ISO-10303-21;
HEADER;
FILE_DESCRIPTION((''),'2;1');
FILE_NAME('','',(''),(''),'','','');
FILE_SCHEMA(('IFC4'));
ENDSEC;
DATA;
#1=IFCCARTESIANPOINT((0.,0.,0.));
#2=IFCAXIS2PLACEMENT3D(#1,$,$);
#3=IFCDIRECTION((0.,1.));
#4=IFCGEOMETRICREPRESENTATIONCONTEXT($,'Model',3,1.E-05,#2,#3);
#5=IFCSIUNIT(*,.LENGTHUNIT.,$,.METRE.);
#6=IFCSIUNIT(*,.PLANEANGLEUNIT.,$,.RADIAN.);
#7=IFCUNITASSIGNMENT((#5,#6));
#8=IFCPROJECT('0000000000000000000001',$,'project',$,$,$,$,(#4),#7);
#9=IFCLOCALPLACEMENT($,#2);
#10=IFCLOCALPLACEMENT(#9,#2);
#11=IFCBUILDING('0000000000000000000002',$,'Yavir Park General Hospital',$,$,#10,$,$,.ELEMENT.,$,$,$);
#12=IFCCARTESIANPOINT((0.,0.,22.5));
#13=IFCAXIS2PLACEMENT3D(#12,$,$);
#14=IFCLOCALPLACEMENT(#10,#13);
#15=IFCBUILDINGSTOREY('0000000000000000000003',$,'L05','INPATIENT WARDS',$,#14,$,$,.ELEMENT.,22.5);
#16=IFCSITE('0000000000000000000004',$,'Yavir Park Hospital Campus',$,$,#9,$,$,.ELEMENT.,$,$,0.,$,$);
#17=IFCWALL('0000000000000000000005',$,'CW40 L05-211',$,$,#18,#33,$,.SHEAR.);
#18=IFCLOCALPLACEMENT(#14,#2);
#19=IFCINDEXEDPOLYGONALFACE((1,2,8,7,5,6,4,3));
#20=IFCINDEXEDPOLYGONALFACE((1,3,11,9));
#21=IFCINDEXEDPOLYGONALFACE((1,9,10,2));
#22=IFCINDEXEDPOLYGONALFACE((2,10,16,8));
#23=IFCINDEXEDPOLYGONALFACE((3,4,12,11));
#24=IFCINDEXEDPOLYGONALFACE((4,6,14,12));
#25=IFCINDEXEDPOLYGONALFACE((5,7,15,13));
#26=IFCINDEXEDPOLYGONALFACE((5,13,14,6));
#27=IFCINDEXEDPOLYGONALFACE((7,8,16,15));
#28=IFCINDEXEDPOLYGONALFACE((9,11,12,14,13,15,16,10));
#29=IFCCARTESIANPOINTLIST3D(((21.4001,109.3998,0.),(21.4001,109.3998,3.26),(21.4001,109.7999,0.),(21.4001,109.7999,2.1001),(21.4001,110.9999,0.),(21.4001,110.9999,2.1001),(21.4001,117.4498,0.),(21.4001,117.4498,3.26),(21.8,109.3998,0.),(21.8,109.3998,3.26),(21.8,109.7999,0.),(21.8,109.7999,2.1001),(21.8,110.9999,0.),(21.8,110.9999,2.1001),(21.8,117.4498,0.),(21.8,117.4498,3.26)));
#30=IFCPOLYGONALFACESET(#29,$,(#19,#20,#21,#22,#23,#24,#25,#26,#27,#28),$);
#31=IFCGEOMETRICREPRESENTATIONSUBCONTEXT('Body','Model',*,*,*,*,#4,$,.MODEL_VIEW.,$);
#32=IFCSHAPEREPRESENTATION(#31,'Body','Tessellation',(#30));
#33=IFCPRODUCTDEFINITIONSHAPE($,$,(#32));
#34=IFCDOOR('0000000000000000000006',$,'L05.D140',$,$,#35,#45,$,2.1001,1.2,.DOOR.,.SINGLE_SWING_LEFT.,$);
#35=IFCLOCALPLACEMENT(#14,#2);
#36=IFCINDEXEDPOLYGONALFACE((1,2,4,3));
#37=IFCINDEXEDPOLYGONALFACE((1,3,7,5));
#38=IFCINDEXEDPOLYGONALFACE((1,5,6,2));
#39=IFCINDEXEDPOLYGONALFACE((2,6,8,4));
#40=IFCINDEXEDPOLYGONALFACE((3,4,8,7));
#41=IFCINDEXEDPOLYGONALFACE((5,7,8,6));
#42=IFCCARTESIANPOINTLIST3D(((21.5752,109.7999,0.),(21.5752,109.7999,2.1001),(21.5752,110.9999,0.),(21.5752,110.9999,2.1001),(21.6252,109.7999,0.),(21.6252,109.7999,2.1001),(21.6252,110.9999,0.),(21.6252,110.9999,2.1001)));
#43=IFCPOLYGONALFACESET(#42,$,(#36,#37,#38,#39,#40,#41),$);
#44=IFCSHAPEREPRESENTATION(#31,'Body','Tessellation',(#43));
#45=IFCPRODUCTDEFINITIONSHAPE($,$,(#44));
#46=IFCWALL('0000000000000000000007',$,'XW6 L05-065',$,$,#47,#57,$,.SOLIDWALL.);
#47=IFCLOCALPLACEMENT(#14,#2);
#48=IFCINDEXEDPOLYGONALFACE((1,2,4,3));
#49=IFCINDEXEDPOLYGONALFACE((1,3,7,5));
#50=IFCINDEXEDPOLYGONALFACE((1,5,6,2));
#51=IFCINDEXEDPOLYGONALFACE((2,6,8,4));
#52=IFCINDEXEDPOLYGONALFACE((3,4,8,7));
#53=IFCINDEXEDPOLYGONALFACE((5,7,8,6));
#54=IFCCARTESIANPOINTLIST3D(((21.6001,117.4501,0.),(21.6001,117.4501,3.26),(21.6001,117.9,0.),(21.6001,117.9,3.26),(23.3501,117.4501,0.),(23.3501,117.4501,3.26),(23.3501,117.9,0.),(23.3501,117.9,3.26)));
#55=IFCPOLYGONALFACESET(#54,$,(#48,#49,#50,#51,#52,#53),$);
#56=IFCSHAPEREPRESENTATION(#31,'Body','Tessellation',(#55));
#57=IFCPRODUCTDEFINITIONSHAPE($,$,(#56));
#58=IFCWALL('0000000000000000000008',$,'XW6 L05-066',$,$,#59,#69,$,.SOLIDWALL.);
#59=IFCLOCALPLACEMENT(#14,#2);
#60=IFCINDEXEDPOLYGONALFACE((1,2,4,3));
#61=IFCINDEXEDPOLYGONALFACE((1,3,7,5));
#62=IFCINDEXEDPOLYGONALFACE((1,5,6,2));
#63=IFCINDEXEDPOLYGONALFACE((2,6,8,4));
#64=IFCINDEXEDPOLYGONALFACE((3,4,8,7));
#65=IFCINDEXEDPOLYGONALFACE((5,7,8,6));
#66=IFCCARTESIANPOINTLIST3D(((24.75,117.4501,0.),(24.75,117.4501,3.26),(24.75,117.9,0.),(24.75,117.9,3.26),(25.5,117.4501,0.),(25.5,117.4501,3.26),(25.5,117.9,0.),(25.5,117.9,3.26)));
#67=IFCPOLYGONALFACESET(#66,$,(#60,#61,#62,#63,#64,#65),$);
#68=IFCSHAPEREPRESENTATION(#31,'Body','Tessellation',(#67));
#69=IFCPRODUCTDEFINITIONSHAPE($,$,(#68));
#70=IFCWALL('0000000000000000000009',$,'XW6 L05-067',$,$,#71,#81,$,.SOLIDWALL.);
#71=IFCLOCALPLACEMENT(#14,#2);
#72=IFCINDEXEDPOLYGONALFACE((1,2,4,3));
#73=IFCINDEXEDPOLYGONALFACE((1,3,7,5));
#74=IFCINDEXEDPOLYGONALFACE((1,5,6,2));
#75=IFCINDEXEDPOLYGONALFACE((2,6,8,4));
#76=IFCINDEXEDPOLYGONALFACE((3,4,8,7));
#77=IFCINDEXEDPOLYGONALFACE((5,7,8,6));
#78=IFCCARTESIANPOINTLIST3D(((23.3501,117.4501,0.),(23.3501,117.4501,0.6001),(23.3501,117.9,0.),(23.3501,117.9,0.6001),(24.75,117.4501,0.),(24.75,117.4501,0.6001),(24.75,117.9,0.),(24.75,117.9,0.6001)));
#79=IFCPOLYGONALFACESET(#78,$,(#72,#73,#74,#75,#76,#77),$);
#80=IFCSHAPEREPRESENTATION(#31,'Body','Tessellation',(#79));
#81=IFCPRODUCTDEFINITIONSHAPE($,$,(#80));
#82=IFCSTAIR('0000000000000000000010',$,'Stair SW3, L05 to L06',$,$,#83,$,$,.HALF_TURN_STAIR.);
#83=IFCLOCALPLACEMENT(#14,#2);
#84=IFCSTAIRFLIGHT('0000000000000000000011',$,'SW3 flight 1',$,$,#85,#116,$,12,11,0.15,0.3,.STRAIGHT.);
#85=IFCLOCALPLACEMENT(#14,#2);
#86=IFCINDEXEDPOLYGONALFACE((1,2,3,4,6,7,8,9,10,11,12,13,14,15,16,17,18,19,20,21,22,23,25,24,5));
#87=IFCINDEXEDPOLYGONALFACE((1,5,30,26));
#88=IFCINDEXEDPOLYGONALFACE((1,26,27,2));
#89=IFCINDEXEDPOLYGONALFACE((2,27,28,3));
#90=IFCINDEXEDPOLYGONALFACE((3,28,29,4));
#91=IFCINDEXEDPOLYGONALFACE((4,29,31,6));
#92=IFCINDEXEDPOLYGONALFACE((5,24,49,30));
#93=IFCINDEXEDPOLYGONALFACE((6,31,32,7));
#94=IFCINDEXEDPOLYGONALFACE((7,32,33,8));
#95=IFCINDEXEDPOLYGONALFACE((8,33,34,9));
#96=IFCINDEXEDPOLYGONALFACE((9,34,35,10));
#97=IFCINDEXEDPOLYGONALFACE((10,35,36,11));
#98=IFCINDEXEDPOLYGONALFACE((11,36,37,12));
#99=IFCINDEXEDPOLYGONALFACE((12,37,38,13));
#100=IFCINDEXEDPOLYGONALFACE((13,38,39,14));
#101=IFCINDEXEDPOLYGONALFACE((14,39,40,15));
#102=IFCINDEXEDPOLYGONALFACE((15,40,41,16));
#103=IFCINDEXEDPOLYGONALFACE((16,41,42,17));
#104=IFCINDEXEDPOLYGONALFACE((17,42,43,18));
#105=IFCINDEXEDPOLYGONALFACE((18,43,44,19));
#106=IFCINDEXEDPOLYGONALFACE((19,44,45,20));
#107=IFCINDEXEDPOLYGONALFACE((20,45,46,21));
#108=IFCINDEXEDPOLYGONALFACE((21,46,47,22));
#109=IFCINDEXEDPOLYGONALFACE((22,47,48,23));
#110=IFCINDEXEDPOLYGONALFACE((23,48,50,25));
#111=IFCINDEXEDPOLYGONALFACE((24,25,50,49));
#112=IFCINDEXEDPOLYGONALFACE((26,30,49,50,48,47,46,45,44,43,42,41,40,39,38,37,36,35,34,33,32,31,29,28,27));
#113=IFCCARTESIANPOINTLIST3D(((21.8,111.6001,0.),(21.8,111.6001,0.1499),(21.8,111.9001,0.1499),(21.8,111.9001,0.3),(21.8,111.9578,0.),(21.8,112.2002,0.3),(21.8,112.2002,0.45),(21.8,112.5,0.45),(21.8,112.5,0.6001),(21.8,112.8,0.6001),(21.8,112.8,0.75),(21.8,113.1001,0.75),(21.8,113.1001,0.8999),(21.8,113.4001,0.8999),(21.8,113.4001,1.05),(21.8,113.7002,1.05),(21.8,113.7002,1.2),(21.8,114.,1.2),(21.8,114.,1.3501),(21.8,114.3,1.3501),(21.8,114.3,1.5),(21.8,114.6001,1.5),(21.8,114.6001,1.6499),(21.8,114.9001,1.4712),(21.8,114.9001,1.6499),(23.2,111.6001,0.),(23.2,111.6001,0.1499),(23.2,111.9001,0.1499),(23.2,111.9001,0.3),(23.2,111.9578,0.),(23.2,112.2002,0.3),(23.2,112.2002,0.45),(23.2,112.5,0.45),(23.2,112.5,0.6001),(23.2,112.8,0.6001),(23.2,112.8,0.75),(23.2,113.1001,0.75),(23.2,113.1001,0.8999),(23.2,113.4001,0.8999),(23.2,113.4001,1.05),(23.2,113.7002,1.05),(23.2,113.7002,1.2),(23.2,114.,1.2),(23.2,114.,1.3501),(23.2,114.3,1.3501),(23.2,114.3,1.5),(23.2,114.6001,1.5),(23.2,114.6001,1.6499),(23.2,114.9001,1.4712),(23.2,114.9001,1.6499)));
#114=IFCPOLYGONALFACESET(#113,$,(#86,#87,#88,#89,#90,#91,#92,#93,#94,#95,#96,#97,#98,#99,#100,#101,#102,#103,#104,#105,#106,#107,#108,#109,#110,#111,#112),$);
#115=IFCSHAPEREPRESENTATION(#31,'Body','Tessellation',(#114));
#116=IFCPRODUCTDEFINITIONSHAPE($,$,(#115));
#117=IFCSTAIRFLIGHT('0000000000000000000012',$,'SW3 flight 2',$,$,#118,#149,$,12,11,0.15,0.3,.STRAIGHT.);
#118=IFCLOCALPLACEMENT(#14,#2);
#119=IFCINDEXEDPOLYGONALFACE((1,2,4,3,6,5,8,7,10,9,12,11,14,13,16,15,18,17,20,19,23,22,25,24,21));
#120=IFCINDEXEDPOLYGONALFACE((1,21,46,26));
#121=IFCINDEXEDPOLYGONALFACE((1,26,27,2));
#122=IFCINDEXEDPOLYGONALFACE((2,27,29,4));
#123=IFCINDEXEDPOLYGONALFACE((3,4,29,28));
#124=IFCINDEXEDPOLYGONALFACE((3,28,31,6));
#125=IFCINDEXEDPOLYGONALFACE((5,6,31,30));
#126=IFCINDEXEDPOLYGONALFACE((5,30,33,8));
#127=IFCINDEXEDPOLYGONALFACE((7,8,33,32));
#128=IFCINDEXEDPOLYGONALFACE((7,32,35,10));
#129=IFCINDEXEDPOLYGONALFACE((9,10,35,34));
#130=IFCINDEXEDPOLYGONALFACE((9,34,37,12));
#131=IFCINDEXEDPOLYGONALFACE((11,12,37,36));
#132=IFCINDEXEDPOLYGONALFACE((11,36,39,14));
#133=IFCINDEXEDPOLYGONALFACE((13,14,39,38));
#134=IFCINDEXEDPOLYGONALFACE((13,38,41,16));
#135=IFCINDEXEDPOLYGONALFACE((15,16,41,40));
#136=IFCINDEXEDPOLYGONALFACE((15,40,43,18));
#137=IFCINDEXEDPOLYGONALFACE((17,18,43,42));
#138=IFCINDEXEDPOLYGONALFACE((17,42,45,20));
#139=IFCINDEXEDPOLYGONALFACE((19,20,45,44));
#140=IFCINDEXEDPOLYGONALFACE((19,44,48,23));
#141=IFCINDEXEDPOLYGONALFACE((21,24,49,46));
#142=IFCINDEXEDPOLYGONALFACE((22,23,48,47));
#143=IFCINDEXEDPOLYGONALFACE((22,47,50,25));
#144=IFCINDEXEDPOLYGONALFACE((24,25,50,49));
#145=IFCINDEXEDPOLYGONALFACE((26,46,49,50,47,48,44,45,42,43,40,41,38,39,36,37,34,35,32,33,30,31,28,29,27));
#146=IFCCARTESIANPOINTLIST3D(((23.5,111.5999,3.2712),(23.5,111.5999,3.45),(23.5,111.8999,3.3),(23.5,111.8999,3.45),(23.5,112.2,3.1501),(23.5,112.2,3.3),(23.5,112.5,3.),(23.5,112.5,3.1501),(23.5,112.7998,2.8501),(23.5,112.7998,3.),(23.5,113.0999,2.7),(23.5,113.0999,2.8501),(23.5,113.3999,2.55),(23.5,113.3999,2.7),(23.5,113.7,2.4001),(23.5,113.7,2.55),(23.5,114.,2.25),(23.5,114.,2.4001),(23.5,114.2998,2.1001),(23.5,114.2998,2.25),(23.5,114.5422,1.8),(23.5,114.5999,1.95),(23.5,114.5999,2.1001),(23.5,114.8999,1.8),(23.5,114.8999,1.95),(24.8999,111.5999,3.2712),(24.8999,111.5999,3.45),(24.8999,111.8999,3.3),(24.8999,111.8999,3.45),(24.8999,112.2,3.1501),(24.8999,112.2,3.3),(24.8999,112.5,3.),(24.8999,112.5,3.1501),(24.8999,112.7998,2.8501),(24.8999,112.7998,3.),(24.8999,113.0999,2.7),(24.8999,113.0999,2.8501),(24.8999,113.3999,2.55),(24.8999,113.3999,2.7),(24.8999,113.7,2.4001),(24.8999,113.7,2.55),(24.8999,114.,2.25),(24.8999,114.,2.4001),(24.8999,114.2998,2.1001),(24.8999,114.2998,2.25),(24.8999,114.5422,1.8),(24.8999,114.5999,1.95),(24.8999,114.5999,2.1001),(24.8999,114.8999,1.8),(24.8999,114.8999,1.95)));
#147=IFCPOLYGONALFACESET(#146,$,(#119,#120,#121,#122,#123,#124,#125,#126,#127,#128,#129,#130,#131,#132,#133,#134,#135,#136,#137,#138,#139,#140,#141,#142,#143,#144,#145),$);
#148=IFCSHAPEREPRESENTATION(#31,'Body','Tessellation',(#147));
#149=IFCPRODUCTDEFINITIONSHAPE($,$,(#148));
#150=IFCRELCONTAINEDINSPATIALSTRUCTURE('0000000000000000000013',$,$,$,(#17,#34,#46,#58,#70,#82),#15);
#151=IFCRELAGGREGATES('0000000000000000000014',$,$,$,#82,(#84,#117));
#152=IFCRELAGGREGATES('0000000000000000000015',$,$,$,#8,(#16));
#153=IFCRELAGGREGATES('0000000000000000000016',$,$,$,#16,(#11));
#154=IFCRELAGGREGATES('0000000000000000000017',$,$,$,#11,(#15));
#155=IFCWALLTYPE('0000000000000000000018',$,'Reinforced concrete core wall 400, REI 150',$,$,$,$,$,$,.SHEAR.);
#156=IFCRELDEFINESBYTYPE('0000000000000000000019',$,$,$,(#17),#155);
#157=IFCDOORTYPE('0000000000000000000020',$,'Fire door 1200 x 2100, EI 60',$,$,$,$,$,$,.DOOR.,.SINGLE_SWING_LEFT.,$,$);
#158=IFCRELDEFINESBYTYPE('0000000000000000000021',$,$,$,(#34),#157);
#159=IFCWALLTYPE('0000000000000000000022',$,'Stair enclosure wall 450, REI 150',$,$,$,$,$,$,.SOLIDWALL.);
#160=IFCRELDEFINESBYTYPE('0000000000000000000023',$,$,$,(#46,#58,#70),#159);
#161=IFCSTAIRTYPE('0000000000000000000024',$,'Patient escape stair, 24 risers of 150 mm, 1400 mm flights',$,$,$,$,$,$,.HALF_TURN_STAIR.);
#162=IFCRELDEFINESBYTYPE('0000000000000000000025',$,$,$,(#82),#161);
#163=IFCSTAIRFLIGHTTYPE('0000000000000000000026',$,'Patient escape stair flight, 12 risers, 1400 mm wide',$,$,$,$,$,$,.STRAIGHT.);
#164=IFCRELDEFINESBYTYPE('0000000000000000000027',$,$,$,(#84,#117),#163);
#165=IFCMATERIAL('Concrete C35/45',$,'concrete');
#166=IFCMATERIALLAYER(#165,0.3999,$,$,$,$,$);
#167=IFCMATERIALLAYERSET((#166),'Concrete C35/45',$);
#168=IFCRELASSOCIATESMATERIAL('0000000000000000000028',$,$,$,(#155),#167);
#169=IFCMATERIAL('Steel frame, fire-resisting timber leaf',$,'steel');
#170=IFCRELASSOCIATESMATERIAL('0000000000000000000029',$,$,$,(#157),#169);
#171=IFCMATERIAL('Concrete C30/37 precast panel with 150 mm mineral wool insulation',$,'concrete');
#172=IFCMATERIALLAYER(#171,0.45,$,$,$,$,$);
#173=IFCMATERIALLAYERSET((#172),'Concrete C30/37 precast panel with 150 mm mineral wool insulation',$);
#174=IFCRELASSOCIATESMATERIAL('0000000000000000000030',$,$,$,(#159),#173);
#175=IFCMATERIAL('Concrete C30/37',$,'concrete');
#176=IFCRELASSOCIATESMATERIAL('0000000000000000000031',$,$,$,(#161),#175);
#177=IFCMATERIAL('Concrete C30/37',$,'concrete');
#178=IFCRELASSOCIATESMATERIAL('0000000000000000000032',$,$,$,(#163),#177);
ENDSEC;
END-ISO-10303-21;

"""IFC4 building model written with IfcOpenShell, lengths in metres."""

from ifc_helpers import new_model, si_unit, direction, frame, frame_2d, origin, place, context, subcontext, project, spatial, polyline, rectangle, outline, extrude, material, layer, layer_set, type_object, element, fill, aggregate, save


model = new_model("IFC4")

# Units and contexts
model_context = context("Model", 3, precision=1e-05, world=origin(), true_north=direction((0.0, 1.0)))
body_context = subcontext(model_context, "Body", "Model", "MODEL_VIEW")
ifc_project = project(units=[si_unit("LENGTHUNIT", "METRE"), si_unit("PLANEANGLEUNIT", "RADIAN")], contexts=[model_context])

# Site, building, storey
site_placement = place(None, origin())
site = spatial("IfcSite", under=ifc_project, at=site_placement, Name="Yavir Park Hospital Campus", CompositionType="ELEMENT", RefElevation=0.0)
building_placement = place(site_placement, origin())
building = spatial("IfcBuilding", under=site, at=building_placement, Name="Yavir Park General Hospital", CompositionType="ELEMENT")
storey_placement = place(building_placement, frame((0.0, 0.0, 22.5)))
storey = spatial("IfcBuildingStorey", under=building, at=storey_placement, Name="L05", Description="INPATIENT WARDS", CompositionType="ELEMENT", Elevation=22.5)

# Shared definitions
ifc_material_1 = material(Name="Concrete C35/45", Category="concrete")
ifc_layer_1 = layer(ifc_material_1, 0.3999)
ifc_layer_set_1 = layer_set([ifc_layer_1], Name="Concrete C35/45")
wall_type_1 = type_object("IfcWallType", Name="Reinforced concrete core wall 400, REI 150", PredefinedType="SHEAR", material=ifc_layer_set_1)

# Wall, opening, door
wall_1_placement = place(storey_placement, frame((21.6001, 109.3999, 0.0), z_axis=(0.0, 0.0, 1.0), x_axis=(0.0, 1.0, 0.0)))
wall_1 = element("IfcWall", 1, at=wall_1_placement, inside=storey, type_object=wall_type_1, Name="CW40 L05-211", PredefinedType="SHEAR", context=body_context, shape_type="SweptSolid", body=[
    extrude(rectangle(XDim=8.05, YDim=0.3999, at=frame_2d((4.0249, 0.0))), origin(), (0.0, 0.0, 1.0), 3.26),
])
opening_1_placement = place(wall_1_placement, frame((0.3999, 0.0, 0.0)))
opening_1 = element("IfcOpeningElement", 2, at=opening_1_placement, cuts=wall_1, PredefinedType="OPENING", context=body_context, shape_type="SweptSolid", body=[
    extrude(rectangle(XDim=1.2, YDim=2.1001, at=frame_2d((0.6001, 1.05))), frame((0.0, 0.21, 0.0), z_axis=(0.0, -1.0, 0.0), x_axis=(1.0, 0.0, 0.0)), (0.0, 0.0, 1.0), 0.4199),
])
ifc_material_2 = material(Name="Steel frame, fire-resisting timber leaf", Category="steel")
door_type_1 = type_object("IfcDoorType", Name="Fire door 1200 x 2100, EI 60", OperationType="SINGLE_SWING_LEFT", PredefinedType="DOOR", material=ifc_material_2)
door_1_placement = place(opening_1_placement, origin())
door_1 = element("IfcDoor", 3, at=door_1_placement, inside=storey, type_object=door_type_1, Name="L05.D140", OperationType="SINGLE_SWING_LEFT", OverallHeight=2.1001, OverallWidth=1.2, PredefinedType="DOOR", context=body_context, shape_type="SweptSolid", body=[
    extrude(rectangle(XDim=1.2, YDim=2.1001, at=frame_2d((0.6001, 1.05))), frame((0.0, 0.0249, 0.0), z_axis=(0.0, -1.0, 0.0), x_axis=(1.0, 0.0, 0.0)), (0.0, 0.0, 1.0), 0.05),
])
fill(opening_1, door_1)

# Walls
ifc_material_3 = material(Name="Concrete C30/37 precast panel with 150 mm mineral wool insulation", Category="concrete")
ifc_layer_2 = layer(ifc_material_3, 0.45)
ifc_layer_set_2 = layer_set([ifc_layer_2], Name="Concrete C30/37 precast panel with 150 mm mineral wool insulation")
wall_type_2 = type_object("IfcWallType", Name="Stair enclosure wall 450, REI 150", PredefinedType="SOLIDWALL", material=ifc_layer_set_2)
wall_2_placement = place(storey_placement, frame((21.6001, 117.675, 0.0), z_axis=(0.0, 0.0, 1.0), x_axis=(1.0, 0.0, 0.0)))
element("IfcWall", 4, at=wall_2_placement, inside=storey, type_object=wall_type_2, Name="XW6 L05-065", PredefinedType="SOLIDWALL", context=body_context, shape_type="SweptSolid", body=[
    extrude(rectangle(XDim=1.75, YDim=0.45, at=frame_2d((0.875, 0.0))), origin(), (0.0, 0.0, 1.0), 3.26),
])
wall_3_placement = place(storey_placement, frame((24.75, 117.675, 0.0), z_axis=(0.0, 0.0, 1.0), x_axis=(1.0, 0.0, 0.0)))
element("IfcWall", 5, at=wall_3_placement, inside=storey, type_object=wall_type_2, Name="XW6 L05-066", PredefinedType="SOLIDWALL", context=body_context, shape_type="SweptSolid", body=[
    extrude(rectangle(XDim=0.75, YDim=0.45, at=frame_2d((0.375, 0.0))), origin(), (0.0, 0.0, 1.0), 3.26),
])
wall_4_placement = place(storey_placement, frame((23.3501, 117.675, 0.0), z_axis=(0.0, 0.0, 1.0), x_axis=(1.0, 0.0, 0.0)))
element("IfcWall", 6, at=wall_4_placement, inside=storey, type_object=wall_type_2, Name="XW6 L05-067", PredefinedType="SOLIDWALL", context=body_context, shape_type="SweptSolid", body=[
    extrude(rectangle(XDim=1.3999, YDim=0.45, at=frame_2d((0.7, 0.0))), origin(), (0.0, 0.0, 1.0), 0.6001),
])

# Stair, stair flights
ifc_material_4 = material(Name="Concrete C30/37", Category="concrete")
stair_type = type_object("IfcStairType", Name="Patient escape stair, 24 risers of 150 mm, 1400 mm flights", PredefinedType="HALF_TURN_STAIR", material=ifc_material_4)
stair_placement = place(storey_placement, origin())
stair = element("IfcStair", 7, at=stair_placement, inside=storey, type_object=stair_type, Name="Stair SW3, L05 to L06", PredefinedType="HALF_TURN_STAIR")
ifc_material_5 = material(Name="Concrete C30/37", Category="concrete")
stair_flight_type = type_object("IfcStairFlightType", Name="Patient escape stair flight, 12 risers, 1400 mm wide", PredefinedType="STRAIGHT", material=ifc_material_5)
stair_flight_1_placement = place(storey_placement, frame((22.5, 111.6001, 0.0), z_axis=(0.0, 0.0, 1.0), x_axis=(0.0, 1.0, 0.0)))
stair_flight_1 = element("IfcStairFlight", 8, at=stair_flight_1_placement, type_object=stair_flight_type, Name="SW3 flight 1", NumberOfRisers=12, NumberOfTreads=11, PredefinedType="STRAIGHT", RiserHeight=0.15, TreadLength=0.3, context=body_context, shape_type="SweptSolid", body=[
    extrude(outline(polyline([(0.0, 0.0), (0.0, 0.1499), (0.3, 0.1499), (0.3, 0.3), (0.6001, 0.3), (0.6001, 0.45), (0.8999, 0.45), (0.8999, 0.6001), (1.2, 0.6001), (1.2, 0.75), (1.5, 0.75), (1.5, 0.8999), (1.8, 0.8999), (1.8, 1.05), (2.1001, 1.05), (2.1001, 1.2), (2.3999, 1.2), (2.3999, 1.3501), (2.7, 1.3501), (2.7, 1.5), (3.0, 1.5), (3.0, 1.6499), (3.3, 1.6499), (3.3, 1.8), (3.3, 1.4712), (0.3577, 0.0), (0.0, 0.0)])), frame((0.0, 0.7, 0.0), z_axis=(0.0, -1.0, 0.0), x_axis=(1.0, 0.0, 0.0)), (0.0, 0.0, 1.0), 1.3999),
])
stair_flight_2_placement = place(storey_placement, frame((24.2, 114.8999, 1.8), z_axis=(0.0, 0.0, 1.0), x_axis=(0.0, -1.0, 0.0)))
stair_flight_2 = element("IfcStairFlight", 9, at=stair_flight_2_placement, type_object=stair_flight_type, Name="SW3 flight 2", NumberOfRisers=12, NumberOfTreads=11, PredefinedType="STRAIGHT", RiserHeight=0.15, TreadLength=0.3, context=body_context, shape_type="SweptSolid", body=[
    extrude(outline(polyline([(0.0, 0.0), (0.0, 0.1499), (0.3, 0.1499), (0.3, 0.3), (0.6001, 0.3), (0.6001, 0.45), (0.8999, 0.45), (0.8999, 0.6001), (1.2, 0.6001), (1.2, 0.75), (1.5, 0.75), (1.5, 0.8999), (1.8, 0.8999), (1.8, 1.05), (2.1001, 1.05), (2.1001, 1.2), (2.3999, 1.2), (2.3999, 1.3501), (2.7, 1.3501), (2.7, 1.5), (3.0, 1.5), (3.0, 1.6499), (3.3, 1.6499), (3.3, 1.8), (3.3, 1.4712), (0.3577, 0.0), (0.0, 0.0)])), frame((0.0, 0.7, 0.0), z_axis=(0.0, -1.0, 0.0), x_axis=(1.0, 0.0, 0.0)), (0.0, 0.0, 1.0), 1.3999),
])
aggregate(stair, [stair_flight_1, stair_flight_2])

save(model, "model.ifc")
